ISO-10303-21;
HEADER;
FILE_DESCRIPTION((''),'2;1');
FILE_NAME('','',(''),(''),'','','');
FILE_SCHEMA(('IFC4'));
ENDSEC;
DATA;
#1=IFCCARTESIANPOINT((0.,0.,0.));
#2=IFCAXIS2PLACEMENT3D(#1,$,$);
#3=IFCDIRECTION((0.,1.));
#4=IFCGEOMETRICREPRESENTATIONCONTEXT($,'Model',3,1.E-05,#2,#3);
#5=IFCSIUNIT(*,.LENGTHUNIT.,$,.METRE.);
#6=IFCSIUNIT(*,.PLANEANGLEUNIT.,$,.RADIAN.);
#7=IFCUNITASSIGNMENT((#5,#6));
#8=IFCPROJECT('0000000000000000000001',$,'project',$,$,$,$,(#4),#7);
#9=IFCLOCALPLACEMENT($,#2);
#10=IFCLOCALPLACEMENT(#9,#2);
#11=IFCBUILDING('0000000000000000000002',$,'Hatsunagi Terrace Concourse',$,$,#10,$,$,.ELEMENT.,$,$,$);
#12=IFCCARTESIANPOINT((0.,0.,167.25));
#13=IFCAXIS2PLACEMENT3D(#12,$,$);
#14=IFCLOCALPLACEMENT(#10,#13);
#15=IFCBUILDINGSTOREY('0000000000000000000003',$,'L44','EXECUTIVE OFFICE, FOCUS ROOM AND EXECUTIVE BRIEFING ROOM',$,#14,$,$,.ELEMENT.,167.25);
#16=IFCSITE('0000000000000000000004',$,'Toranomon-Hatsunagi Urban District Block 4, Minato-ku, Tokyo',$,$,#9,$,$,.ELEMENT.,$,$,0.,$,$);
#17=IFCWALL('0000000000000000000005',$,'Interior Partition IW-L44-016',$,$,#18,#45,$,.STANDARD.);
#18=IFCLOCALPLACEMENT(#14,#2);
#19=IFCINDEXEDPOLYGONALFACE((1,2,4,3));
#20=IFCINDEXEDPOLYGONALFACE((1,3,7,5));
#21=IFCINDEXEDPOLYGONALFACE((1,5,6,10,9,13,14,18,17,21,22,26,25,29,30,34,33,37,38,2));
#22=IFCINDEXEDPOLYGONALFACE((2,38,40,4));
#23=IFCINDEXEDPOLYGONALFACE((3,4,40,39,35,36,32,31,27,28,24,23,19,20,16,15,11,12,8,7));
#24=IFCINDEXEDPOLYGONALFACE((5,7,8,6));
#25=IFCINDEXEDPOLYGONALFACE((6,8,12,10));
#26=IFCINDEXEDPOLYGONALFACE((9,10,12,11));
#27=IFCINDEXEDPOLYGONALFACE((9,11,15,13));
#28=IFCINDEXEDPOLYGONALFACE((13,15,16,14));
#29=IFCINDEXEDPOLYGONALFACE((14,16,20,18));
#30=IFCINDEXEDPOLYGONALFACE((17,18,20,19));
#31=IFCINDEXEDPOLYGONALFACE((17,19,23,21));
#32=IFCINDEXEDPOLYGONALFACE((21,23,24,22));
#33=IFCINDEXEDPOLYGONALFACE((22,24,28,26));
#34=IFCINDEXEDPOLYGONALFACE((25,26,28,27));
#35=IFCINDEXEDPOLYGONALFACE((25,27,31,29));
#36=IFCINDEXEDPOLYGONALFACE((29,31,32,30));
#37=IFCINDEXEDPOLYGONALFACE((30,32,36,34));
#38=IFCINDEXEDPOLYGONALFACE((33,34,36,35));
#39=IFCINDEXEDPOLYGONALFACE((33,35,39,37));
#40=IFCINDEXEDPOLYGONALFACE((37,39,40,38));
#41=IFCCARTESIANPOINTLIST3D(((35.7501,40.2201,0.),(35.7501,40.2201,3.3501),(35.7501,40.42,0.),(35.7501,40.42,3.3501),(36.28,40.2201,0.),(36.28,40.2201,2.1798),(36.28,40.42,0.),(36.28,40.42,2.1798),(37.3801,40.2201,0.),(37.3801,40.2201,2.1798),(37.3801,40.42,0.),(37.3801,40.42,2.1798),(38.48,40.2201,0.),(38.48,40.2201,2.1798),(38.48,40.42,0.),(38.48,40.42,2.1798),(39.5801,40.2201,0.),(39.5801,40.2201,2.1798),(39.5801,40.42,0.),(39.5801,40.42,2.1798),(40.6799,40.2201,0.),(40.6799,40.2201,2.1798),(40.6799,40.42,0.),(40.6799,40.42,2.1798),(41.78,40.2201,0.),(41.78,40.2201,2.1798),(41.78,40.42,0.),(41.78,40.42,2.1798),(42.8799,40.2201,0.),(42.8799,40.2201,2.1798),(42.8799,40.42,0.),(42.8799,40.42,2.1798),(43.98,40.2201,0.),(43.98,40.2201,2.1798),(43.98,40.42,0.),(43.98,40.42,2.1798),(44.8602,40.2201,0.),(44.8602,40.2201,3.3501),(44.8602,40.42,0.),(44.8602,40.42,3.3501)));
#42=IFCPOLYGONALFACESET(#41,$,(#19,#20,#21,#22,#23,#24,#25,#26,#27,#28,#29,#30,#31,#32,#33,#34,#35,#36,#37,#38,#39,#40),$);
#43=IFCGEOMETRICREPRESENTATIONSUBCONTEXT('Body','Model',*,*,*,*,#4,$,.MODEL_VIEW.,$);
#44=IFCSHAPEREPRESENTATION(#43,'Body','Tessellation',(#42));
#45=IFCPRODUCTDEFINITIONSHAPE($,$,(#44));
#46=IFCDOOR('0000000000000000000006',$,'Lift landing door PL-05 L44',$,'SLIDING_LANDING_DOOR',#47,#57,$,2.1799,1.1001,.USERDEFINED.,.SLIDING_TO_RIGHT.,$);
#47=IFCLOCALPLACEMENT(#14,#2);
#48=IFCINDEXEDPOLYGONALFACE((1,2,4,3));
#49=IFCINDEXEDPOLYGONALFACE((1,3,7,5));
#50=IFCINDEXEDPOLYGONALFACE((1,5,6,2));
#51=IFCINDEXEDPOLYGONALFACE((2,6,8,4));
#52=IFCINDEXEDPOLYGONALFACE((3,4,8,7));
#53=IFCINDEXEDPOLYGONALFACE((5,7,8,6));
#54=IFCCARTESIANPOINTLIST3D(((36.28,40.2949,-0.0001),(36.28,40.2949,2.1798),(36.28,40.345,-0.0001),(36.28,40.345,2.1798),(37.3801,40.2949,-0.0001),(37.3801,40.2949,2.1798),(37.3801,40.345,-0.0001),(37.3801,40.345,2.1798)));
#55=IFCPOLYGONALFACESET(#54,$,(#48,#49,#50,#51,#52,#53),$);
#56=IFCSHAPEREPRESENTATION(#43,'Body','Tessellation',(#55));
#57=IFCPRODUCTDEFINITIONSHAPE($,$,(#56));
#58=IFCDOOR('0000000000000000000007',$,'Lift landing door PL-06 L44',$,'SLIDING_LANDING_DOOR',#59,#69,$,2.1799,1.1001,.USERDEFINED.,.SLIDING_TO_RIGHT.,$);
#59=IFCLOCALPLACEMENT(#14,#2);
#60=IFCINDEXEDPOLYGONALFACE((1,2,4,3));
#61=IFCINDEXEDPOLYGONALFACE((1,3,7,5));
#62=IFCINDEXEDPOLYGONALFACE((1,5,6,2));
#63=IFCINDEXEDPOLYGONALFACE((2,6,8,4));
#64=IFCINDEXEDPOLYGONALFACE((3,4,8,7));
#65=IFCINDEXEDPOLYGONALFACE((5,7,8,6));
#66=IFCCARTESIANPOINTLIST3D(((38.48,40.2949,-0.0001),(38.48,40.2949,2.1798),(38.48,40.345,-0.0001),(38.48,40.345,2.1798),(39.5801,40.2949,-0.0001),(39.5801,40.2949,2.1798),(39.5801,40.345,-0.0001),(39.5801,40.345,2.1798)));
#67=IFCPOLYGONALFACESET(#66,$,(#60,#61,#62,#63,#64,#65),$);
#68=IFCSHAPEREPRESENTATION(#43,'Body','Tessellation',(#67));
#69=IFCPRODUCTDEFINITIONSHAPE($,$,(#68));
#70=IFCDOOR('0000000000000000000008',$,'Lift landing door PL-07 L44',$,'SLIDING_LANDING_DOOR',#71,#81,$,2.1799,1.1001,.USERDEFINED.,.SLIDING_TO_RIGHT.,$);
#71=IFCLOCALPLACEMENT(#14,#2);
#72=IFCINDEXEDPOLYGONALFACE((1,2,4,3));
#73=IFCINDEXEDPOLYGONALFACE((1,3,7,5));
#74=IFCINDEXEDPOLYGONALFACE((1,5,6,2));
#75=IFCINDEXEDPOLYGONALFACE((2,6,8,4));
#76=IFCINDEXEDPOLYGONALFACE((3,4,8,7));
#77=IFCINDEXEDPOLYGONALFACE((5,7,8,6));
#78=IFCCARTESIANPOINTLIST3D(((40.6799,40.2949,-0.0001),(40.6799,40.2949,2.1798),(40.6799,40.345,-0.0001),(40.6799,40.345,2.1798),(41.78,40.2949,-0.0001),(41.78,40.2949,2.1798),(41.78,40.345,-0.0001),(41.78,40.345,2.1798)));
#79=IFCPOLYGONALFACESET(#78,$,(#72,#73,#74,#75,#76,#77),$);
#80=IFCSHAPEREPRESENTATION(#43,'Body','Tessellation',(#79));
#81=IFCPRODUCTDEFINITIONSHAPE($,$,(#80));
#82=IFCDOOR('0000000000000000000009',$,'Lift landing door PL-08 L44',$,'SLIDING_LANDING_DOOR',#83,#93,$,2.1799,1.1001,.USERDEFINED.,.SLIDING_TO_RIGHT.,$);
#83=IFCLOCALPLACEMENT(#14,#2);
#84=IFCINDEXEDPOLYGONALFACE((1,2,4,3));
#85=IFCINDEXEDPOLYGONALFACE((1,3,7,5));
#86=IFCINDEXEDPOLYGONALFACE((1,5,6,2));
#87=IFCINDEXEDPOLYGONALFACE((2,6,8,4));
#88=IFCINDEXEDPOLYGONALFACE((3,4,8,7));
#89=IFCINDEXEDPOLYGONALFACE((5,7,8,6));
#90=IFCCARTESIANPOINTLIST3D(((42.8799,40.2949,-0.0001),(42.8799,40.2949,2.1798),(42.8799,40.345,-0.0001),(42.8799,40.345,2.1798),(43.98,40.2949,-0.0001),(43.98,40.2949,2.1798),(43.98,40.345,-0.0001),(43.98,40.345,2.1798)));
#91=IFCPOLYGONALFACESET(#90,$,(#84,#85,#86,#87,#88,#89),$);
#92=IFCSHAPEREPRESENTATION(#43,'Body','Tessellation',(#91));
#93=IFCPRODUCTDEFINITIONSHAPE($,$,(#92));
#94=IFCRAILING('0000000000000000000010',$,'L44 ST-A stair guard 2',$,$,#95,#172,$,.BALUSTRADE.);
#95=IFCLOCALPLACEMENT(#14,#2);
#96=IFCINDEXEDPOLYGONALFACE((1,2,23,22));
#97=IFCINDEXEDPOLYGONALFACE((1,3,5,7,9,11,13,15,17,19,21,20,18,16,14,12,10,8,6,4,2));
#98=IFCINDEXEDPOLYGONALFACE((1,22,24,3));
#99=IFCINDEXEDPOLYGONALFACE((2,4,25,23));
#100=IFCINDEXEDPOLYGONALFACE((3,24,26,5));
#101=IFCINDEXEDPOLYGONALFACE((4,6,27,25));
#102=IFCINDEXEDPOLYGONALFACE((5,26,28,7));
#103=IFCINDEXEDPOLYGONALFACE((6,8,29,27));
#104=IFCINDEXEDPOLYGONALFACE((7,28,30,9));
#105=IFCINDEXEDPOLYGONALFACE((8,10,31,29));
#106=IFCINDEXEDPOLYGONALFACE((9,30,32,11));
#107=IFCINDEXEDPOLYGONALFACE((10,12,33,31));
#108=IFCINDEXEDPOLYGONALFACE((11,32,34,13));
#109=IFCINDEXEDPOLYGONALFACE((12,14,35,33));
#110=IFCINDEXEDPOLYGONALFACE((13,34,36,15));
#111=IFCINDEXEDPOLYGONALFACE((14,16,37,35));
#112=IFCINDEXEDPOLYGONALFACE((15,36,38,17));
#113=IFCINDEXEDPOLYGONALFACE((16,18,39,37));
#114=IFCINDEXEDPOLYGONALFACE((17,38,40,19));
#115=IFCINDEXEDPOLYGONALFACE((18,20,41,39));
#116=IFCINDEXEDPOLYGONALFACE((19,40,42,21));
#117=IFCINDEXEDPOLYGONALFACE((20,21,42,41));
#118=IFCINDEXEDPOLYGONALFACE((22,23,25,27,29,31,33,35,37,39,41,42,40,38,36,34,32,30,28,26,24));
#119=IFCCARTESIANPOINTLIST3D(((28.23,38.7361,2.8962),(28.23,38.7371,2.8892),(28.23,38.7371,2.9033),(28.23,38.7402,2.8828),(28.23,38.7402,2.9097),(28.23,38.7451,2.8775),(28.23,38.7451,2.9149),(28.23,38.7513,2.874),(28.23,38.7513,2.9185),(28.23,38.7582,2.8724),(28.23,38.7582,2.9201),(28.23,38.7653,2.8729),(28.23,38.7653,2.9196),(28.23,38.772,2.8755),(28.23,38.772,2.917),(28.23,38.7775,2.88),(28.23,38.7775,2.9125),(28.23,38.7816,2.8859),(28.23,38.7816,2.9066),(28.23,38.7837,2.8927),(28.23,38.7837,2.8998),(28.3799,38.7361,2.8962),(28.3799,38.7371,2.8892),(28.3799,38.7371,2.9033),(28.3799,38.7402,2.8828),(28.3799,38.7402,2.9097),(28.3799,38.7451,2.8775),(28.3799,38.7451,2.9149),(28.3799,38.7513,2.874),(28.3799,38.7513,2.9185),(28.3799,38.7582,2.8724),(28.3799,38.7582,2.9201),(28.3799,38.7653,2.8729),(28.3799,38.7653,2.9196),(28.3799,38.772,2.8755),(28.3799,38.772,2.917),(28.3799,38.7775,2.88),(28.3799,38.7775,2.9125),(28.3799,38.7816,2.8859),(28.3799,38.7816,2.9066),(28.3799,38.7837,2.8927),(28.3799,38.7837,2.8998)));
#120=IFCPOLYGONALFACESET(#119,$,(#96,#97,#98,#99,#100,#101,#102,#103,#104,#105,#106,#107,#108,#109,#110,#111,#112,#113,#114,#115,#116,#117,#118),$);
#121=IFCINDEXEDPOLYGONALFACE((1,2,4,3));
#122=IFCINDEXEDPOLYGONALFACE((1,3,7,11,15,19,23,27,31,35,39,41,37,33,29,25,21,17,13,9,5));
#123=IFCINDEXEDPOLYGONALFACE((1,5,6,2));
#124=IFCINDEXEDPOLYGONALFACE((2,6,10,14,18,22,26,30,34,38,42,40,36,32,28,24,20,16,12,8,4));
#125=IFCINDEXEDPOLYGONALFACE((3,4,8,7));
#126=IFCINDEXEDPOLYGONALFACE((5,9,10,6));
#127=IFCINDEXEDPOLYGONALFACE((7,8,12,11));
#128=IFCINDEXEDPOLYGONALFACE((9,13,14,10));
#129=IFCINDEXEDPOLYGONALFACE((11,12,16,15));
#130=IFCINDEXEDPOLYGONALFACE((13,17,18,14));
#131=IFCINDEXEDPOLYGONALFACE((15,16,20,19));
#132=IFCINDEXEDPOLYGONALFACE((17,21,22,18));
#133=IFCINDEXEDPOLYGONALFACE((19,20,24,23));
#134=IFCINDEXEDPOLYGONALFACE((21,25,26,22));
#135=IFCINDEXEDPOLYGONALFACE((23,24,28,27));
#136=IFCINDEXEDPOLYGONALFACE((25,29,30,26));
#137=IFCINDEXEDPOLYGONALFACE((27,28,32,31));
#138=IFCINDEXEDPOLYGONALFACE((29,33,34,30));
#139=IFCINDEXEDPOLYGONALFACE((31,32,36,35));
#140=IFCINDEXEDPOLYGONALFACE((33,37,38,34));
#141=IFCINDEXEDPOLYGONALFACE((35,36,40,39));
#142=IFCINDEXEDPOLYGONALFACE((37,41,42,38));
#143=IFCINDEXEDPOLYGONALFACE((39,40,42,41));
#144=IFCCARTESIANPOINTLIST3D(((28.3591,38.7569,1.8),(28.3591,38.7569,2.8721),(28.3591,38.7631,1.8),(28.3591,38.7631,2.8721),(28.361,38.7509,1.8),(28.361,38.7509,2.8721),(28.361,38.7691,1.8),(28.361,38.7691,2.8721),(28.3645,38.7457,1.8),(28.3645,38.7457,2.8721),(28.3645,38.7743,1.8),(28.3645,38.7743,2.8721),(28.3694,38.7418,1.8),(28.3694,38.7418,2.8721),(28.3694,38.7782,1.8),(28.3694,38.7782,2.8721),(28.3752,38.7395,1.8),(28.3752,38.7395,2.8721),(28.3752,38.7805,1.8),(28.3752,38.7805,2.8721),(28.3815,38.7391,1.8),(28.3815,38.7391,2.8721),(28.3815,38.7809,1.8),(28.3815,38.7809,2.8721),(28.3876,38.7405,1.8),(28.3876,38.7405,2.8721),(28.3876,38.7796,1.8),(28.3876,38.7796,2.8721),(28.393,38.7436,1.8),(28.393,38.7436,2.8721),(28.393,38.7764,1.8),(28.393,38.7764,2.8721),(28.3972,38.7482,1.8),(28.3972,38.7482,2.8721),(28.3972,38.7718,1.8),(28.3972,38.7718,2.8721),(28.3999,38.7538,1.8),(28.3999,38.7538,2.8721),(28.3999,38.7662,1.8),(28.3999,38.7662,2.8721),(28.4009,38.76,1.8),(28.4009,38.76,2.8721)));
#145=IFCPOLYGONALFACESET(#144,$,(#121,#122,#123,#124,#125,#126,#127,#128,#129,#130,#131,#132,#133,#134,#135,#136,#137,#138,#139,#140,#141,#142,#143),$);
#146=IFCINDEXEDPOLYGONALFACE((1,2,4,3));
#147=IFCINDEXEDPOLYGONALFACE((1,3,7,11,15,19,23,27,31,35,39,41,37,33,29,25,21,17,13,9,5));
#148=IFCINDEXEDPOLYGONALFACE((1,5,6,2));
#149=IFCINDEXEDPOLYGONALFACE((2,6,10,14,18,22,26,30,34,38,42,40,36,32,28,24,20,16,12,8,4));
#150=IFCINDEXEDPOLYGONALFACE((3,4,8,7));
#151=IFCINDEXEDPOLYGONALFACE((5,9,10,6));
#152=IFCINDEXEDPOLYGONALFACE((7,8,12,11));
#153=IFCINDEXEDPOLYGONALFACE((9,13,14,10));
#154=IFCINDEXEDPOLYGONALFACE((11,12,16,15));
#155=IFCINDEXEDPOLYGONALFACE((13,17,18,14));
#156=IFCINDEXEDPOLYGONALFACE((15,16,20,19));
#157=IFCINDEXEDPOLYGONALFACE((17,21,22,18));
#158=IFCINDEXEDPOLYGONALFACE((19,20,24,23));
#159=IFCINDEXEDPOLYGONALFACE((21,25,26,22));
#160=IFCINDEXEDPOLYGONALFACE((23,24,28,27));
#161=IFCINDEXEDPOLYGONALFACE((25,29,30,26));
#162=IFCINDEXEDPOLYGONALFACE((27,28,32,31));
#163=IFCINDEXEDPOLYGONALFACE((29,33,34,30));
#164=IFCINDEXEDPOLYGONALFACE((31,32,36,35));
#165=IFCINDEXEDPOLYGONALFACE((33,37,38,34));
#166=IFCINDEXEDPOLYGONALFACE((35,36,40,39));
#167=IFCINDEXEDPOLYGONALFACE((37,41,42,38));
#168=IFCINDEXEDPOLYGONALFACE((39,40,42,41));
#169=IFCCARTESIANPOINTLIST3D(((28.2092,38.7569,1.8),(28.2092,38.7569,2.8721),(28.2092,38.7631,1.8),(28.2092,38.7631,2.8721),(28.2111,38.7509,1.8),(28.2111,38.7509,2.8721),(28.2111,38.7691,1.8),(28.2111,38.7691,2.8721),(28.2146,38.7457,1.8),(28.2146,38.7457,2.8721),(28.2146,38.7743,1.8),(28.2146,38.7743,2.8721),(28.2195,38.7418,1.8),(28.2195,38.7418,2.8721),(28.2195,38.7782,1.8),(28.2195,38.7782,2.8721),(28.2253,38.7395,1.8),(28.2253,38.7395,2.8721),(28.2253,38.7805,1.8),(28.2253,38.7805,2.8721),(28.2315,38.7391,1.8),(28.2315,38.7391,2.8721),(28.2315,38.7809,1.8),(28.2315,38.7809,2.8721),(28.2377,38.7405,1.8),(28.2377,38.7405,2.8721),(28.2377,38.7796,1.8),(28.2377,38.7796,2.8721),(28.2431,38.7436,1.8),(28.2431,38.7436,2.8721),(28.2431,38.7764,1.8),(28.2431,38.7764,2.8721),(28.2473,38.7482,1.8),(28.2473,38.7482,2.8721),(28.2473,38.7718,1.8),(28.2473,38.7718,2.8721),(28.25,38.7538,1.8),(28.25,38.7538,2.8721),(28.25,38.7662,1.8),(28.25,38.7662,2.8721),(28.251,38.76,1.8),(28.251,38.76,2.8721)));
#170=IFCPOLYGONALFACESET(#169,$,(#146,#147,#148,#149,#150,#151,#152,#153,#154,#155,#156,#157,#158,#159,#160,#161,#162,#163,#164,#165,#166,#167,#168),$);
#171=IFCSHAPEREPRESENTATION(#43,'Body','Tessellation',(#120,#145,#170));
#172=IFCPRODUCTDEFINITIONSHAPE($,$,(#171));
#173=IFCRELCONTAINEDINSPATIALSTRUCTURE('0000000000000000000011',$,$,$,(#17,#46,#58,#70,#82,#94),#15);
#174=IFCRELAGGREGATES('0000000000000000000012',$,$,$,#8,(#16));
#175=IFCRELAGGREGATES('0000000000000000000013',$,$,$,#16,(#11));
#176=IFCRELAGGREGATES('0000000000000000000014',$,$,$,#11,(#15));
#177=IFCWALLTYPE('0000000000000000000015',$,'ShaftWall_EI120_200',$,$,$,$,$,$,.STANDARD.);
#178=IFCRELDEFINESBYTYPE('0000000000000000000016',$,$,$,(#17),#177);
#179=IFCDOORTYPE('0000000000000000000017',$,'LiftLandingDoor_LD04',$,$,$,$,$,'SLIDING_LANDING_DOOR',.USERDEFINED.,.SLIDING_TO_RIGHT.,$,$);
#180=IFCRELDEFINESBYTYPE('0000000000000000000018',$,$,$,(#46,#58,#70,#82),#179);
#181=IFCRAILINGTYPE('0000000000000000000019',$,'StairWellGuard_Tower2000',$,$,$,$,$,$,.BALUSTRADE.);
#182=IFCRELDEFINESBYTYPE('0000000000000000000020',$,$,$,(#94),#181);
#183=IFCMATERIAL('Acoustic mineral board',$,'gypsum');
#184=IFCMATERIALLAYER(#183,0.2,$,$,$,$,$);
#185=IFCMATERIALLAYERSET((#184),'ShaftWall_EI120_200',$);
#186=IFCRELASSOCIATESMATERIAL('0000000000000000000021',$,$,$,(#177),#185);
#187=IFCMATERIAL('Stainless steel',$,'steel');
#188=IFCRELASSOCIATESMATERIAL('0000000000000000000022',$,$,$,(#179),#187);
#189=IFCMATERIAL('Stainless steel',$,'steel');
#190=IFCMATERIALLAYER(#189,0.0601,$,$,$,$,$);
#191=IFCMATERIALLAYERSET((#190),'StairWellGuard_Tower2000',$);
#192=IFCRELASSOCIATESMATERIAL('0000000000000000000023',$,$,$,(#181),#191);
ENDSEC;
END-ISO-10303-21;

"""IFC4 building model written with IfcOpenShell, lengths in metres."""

from ifc_helpers import new_model, si_unit, direction, frame, frame_2d, origin, origin_2d, place, context, subcontext, project, spatial, rectangle, circle, extrude, material, layer, layer_set, type_object, element, fill, save


model = new_model("IFC4")

# Units and contexts
model_context = context("Model", 3, precision=1e-05, world=origin(), true_north=direction((0.0, 1.0)))
body_context = subcontext(model_context, "Body", "Model", "MODEL_VIEW")
ifc_project = project(units=[si_unit("LENGTHUNIT", "METRE"), si_unit("PLANEANGLEUNIT", "RADIAN")], contexts=[model_context])

# Site, building, storey
site_placement = place(None, origin())
site = spatial("IfcSite", under=ifc_project, at=site_placement, Name="Toranomon-Hatsunagi Urban District Block 4, Minato-ku, Tokyo", CompositionType="ELEMENT", RefElevation=0.0)
building_placement = place(site_placement, origin())
building = spatial("IfcBuilding", under=site, at=building_placement, Name="Hatsunagi Terrace Concourse", CompositionType="ELEMENT")
storey_placement = place(building_placement, frame((0.0, 0.0, 167.25)))
storey = spatial("IfcBuildingStorey", under=building, at=storey_placement, Name="L44", Description="EXECUTIVE OFFICE, FOCUS ROOM AND EXECUTIVE BRIEFING ROOM", CompositionType="ELEMENT", Elevation=167.25)

# Shared definitions
ifc_material_1 = material(Name="Acoustic mineral board", Category="gypsum")
ifc_layer_1 = layer(ifc_material_1, 0.2)
ifc_layer_set_1 = layer_set([ifc_layer_1], Name="ShaftWall_EI120_200")
wall_type_1 = type_object("IfcWallType", Name="ShaftWall_EI120_200", PredefinedType="STANDARD", material=ifc_layer_set_1)

# Wall, openings, doors
wall_1_placement = place(storey_placement, frame((35.75, 40.3201, 0.0), z_axis=(0.0, 0.0, 1.0), x_axis=(1.0, 0.0, 0.0)))
wall_1 = element("IfcWall", 1, at=wall_1_placement, inside=storey, type_object=wall_type_1, Name="Interior Partition IW-L44-016", PredefinedType="STANDARD", context=body_context, shape_type="SweptSolid", body=[
    extrude(rectangle(XDim=9.1101, YDim=0.2, at=frame_2d((4.5552, 0.0))), origin(), (0.0, 0.0, 1.0), 3.3501),
])
opening_1_placement = place(wall_1_placement, frame((0.53, 0.0, 0.0)))
opening_1 = element("IfcOpeningElement", 2, at=opening_1_placement, cuts=wall_1, PredefinedType="OPENING", context=body_context, shape_type="SweptSolid", body=[
    extrude(rectangle(XDim=1.1001, YDim=2.1799, at=frame_2d((0.55, 1.0898))), frame((0.0, 0.1099, 0.0), z_axis=(0.0, -1.0, 0.0), x_axis=(1.0, 0.0, 0.0)), (0.0, 0.0, 1.0), 0.22),
])
opening_2_placement = place(wall_1_placement, frame((2.73, 0.0, 0.0)))
opening_2 = element("IfcOpeningElement", 3, at=opening_2_placement, cuts=wall_1, PredefinedType="OPENING", context=body_context, shape_type="SweptSolid", body=[
    extrude(rectangle(XDim=1.1001, YDim=2.1799, at=frame_2d((0.55, 1.0898))), frame((0.0, 0.1099, 0.0), z_axis=(0.0, -1.0, 0.0), x_axis=(1.0, 0.0, 0.0)), (0.0, 0.0, 1.0), 0.22),
])
opening_3_placement = place(wall_1_placement, frame((4.9299, 0.0, 0.0)))
opening_3 = element("IfcOpeningElement", 4, at=opening_3_placement, cuts=wall_1, PredefinedType="OPENING", context=body_context, shape_type="SweptSolid", body=[
    extrude(rectangle(XDim=1.1001, YDim=2.1799, at=frame_2d((0.55, 1.0898))), frame((0.0, 0.1099, 0.0), z_axis=(0.0, -1.0, 0.0), x_axis=(1.0, 0.0, 0.0)), (0.0, 0.0, 1.0), 0.22),
])
opening_4_placement = place(wall_1_placement, frame((7.1299, 0.0, 0.0)))
opening_4 = element("IfcOpeningElement", 5, at=opening_4_placement, cuts=wall_1, PredefinedType="OPENING", context=body_context, shape_type="SweptSolid", body=[
    extrude(rectangle(XDim=1.1001, YDim=2.1799, at=frame_2d((0.55, 1.0898))), frame((0.0, 0.1099, 0.0), z_axis=(0.0, -1.0, 0.0), x_axis=(1.0, 0.0, 0.0)), (0.0, 0.0, 1.0), 0.22),
])
ifc_material_2 = material(Name="Stainless steel", Category="steel")
door_type_1 = type_object("IfcDoorType", Name="LiftLandingDoor_LD04", ElementType="SLIDING_LANDING_DOOR", OperationType="SLIDING_TO_RIGHT", PredefinedType="USERDEFINED", material=ifc_material_2)
door_1_placement = place(opening_1_placement, origin())
door_1 = element("IfcDoor", 6, at=door_1_placement, inside=storey, type_object=door_type_1, Name="Lift landing door PL-05 L44", ObjectType="SLIDING_LANDING_DOOR", OperationType="SLIDING_TO_RIGHT", OverallHeight=2.1799, OverallWidth=1.1001, PredefinedType="USERDEFINED", context=body_context, shape_type="SweptSolid", body=[
    extrude(rectangle(XDim=1.1001, YDim=2.1799, at=frame_2d((0.55, 1.0898))), frame((0.0, 0.0249, 0.0), z_axis=(0.0, -1.0, 0.0), x_axis=(1.0, 0.0, 0.0)), (0.0, 0.0, 1.0), 0.05),
])
fill(opening_1, door_1)
door_2_placement = place(opening_2_placement, origin())
door_2 = element("IfcDoor", 7, at=door_2_placement, inside=storey, type_object=door_type_1, Name="Lift landing door PL-06 L44", ObjectType="SLIDING_LANDING_DOOR", OperationType="SLIDING_TO_RIGHT", OverallHeight=2.1799, OverallWidth=1.1001, PredefinedType="USERDEFINED", context=body_context, shape_type="SweptSolid", body=[
    extrude(rectangle(XDim=1.1001, YDim=2.1799, at=frame_2d((0.55, 1.0898))), frame((0.0, 0.0249, 0.0), z_axis=(0.0, -1.0, 0.0), x_axis=(1.0, 0.0, 0.0)), (0.0, 0.0, 1.0), 0.05),
])
fill(opening_2, door_2)
door_3_placement = place(opening_3_placement, origin())
door_3 = element("IfcDoor", 8, at=door_3_placement, inside=storey, type_object=door_type_1, Name="Lift landing door PL-07 L44", ObjectType="SLIDING_LANDING_DOOR", OperationType="SLIDING_TO_RIGHT", OverallHeight=2.1799, OverallWidth=1.1001, PredefinedType="USERDEFINED", context=body_context, shape_type="SweptSolid", body=[
    extrude(rectangle(XDim=1.1001, YDim=2.1799, at=frame_2d((0.55, 1.0898))), frame((0.0, 0.0249, 0.0), z_axis=(0.0, -1.0, 0.0), x_axis=(1.0, 0.0, 0.0)), (0.0, 0.0, 1.0), 0.05),
])
fill(opening_3, door_3)
door_4_placement = place(opening_4_placement, origin())
door_4 = element("IfcDoor", 9, at=door_4_placement, inside=storey, type_object=door_type_1, Name="Lift landing door PL-08 L44", ObjectType="SLIDING_LANDING_DOOR", OperationType="SLIDING_TO_RIGHT", OverallHeight=2.1799, OverallWidth=1.1001, PredefinedType="USERDEFINED", context=body_context, shape_type="SweptSolid", body=[
    extrude(rectangle(XDim=1.1001, YDim=2.1799, at=frame_2d((0.55, 1.0898))), frame((0.0, 0.0249, 0.0), z_axis=(0.0, -1.0, 0.0), x_axis=(1.0, 0.0, 0.0)), (0.0, 0.0, 1.0), 0.05),
])
fill(opening_4, door_4)

# Railing
ifc_material_3 = material(Name="Stainless steel", Category="steel")
ifc_layer_2 = layer(ifc_material_3, 0.0601)
ifc_layer_set_2 = layer_set([ifc_layer_2], Name="StairWellGuard_Tower2000")
railing_type = type_object("IfcRailingType", Name="StairWellGuard_Tower2000", PredefinedType="BALUSTRADE", material=ifc_layer_set_2)
railing_placement = place(storey_placement, frame((28.3799, 38.76, 1.8)))
element("IfcRailing", 10, at=railing_placement, inside=storey, type_object=railing_type, Name="L44 ST-A stair guard 2", PredefinedType="BALUSTRADE", context=body_context, shape_type="SweptSolid", body=[
    extrude(circle(Radius=0.0239, at=origin_2d()), frame((0.0, 0.0, 1.0962), z_axis=(-1.0, 0.0, 0.0), x_axis=(0.0, -1.0, 0.0)), (0.0, 0.0, 1.0), 0.1499),
    extrude(circle(Radius=0.021, at=origin_2d()), origin(), (0.0, 0.0, 1.0), 1.072),
    extrude(circle(Radius=0.021, at=origin_2d()), frame((-0.1499, 0.0, 0.0)), (0.0, 0.0, 1.0), 1.072),
])

save(model, "model.ifc")
